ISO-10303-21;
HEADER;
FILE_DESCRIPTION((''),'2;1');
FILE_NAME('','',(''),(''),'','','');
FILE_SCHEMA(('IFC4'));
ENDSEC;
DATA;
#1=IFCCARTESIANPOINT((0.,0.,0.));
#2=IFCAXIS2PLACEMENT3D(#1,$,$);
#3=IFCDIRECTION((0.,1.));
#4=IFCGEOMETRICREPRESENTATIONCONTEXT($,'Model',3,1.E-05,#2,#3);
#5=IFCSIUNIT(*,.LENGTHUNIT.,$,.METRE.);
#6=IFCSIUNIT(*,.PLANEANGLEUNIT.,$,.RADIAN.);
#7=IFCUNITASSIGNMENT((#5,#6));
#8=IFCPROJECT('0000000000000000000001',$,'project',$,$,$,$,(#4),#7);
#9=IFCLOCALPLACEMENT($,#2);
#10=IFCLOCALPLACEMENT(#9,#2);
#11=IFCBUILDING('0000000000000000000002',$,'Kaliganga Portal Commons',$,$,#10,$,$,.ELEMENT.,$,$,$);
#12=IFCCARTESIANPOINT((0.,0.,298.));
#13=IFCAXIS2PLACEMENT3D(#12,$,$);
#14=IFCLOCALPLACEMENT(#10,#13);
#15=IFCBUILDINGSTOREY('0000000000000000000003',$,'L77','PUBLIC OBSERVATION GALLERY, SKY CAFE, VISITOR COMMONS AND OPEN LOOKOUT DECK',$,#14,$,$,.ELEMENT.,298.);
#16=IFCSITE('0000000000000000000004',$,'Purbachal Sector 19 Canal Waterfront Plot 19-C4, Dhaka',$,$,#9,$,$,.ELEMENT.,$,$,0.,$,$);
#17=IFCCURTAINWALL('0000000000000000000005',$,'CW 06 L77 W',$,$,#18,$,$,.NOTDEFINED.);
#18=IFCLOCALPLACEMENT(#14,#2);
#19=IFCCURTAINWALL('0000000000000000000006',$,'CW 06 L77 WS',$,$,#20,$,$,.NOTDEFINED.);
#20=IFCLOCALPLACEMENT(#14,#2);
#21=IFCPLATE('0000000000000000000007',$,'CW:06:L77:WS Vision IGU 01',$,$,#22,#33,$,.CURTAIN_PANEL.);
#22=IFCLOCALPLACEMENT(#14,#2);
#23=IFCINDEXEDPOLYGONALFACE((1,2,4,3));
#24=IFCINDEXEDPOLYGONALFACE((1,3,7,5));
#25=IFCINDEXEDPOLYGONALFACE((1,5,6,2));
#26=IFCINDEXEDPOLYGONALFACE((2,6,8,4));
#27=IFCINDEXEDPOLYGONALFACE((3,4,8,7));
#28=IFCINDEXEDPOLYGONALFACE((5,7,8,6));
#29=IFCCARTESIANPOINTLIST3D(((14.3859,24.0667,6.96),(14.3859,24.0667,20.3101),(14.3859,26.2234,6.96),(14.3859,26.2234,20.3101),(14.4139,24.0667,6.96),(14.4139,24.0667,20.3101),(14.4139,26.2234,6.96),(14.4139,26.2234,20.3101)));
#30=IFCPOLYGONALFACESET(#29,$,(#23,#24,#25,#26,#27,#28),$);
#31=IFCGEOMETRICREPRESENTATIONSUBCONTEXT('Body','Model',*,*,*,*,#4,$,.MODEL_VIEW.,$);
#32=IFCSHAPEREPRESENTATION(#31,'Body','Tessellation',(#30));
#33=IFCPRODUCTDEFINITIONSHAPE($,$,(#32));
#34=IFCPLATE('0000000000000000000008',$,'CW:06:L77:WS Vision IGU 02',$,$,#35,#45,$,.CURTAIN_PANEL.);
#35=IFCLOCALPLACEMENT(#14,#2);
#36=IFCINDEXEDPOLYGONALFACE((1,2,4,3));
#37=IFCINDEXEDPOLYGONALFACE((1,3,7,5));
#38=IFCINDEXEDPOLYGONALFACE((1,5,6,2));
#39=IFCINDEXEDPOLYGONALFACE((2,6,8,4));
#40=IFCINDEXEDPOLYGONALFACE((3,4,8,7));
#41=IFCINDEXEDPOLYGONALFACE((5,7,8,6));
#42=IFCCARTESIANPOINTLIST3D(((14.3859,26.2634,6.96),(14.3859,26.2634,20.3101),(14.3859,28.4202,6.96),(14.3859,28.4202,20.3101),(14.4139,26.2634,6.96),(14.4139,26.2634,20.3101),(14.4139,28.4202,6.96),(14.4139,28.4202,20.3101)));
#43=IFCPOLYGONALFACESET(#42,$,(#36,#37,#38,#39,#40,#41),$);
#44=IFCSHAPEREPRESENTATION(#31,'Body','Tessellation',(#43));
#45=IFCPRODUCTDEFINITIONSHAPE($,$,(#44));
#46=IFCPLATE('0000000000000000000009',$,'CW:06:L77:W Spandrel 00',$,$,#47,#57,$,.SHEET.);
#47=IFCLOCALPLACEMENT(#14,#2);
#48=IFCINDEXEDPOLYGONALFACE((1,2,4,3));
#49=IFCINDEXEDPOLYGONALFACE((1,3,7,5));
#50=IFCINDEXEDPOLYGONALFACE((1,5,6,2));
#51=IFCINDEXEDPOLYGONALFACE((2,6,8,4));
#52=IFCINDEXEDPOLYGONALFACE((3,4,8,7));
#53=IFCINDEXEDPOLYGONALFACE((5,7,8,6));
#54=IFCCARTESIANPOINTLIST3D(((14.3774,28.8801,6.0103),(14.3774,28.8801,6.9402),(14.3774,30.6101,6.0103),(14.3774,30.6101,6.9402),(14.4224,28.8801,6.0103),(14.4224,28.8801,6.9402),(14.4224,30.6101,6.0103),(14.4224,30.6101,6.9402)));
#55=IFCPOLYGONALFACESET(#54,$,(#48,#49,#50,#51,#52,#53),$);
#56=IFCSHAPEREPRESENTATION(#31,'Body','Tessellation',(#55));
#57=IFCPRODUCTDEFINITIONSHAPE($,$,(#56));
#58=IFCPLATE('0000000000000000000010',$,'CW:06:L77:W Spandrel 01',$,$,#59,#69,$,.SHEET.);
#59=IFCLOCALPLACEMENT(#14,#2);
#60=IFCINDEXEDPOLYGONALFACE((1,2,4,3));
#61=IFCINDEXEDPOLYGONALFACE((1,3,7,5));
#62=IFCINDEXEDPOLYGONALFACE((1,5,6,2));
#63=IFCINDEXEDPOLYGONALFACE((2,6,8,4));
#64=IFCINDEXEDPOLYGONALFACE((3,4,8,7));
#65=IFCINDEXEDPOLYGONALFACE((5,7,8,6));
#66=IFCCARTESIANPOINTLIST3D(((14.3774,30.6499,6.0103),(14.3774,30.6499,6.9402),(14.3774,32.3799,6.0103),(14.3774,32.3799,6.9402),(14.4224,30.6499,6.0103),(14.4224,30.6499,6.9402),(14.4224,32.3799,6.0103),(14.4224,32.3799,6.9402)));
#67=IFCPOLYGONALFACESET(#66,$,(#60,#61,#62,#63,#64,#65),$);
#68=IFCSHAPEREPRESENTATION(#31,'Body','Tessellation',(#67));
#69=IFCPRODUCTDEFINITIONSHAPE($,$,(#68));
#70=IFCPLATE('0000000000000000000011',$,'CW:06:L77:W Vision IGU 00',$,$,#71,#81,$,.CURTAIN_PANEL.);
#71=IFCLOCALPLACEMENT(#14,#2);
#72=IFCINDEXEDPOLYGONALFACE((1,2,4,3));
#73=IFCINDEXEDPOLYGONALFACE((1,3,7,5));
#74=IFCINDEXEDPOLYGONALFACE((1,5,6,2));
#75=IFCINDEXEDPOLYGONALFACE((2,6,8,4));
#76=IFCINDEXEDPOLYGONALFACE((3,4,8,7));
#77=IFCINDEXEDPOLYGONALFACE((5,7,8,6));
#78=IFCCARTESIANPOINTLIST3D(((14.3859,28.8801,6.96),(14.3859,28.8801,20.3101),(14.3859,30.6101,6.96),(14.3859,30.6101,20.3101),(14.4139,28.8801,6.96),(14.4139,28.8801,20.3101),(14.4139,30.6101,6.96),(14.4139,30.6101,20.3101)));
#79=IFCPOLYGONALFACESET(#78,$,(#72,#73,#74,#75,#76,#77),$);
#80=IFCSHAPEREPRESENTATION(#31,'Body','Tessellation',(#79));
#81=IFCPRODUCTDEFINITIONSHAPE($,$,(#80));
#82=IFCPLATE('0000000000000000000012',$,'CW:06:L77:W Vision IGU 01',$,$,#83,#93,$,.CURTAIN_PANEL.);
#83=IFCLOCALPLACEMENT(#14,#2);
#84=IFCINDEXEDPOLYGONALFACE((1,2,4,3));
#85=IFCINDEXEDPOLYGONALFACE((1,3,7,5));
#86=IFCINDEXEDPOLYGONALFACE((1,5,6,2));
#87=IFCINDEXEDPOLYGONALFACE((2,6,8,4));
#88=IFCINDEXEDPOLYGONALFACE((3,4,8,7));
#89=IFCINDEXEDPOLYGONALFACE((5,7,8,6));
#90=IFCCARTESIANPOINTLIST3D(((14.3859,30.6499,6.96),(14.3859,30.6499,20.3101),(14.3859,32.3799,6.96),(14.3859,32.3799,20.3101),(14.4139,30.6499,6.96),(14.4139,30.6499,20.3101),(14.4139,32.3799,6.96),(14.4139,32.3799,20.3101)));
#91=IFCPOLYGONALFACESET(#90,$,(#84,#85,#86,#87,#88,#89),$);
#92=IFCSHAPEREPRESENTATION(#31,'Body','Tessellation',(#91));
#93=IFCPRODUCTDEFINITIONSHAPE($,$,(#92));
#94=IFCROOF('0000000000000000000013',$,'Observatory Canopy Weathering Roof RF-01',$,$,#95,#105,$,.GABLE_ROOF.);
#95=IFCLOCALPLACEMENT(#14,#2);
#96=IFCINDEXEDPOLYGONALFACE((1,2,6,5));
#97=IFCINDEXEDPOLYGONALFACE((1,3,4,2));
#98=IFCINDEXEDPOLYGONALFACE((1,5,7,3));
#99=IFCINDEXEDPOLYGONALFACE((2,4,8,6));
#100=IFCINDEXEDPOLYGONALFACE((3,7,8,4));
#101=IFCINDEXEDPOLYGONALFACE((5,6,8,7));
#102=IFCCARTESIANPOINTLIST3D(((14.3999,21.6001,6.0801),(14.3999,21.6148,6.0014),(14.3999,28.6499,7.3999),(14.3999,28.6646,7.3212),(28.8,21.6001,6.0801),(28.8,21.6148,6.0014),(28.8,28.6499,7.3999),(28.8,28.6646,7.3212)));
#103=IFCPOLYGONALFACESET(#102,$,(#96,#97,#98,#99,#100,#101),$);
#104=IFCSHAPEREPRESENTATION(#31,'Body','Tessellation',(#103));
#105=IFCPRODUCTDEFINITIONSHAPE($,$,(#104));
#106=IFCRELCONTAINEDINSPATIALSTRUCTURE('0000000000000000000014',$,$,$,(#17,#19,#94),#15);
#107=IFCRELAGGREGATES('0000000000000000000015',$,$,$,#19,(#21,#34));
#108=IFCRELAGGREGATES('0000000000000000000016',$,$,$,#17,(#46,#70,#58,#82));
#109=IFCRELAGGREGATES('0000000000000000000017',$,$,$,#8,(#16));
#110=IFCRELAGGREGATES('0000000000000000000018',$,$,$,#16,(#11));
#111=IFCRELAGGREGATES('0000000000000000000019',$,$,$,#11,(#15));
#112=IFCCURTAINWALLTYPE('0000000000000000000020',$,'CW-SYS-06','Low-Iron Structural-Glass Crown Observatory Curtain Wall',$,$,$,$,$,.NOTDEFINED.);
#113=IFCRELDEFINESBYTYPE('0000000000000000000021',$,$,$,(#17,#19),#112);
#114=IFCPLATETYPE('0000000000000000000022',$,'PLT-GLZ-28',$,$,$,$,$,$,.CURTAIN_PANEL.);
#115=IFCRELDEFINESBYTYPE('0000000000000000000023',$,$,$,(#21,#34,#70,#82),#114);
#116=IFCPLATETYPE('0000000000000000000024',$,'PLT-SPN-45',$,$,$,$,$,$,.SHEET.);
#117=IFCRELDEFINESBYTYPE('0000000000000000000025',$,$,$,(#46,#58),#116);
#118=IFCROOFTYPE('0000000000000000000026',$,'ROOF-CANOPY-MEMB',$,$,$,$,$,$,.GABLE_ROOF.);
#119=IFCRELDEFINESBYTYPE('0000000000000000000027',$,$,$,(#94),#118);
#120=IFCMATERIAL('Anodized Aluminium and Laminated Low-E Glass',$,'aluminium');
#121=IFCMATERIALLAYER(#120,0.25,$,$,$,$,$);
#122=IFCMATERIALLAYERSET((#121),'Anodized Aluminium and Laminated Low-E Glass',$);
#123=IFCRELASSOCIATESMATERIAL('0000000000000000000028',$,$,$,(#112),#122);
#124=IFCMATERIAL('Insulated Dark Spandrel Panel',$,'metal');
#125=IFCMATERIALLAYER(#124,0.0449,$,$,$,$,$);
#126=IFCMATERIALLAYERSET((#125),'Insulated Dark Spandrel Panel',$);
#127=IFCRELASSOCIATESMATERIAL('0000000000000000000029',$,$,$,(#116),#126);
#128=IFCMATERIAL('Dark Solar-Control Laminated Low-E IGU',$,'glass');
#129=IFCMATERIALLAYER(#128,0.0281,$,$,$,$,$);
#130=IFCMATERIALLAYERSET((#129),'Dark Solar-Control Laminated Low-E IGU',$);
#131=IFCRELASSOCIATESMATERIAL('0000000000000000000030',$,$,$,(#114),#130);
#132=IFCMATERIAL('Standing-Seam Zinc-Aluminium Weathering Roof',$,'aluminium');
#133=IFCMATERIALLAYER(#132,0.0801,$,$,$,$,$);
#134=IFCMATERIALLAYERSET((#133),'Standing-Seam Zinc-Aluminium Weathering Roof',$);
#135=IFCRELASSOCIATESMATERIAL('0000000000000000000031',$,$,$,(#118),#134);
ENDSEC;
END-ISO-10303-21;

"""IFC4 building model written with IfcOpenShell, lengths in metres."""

from ifc_helpers import new_model, si_unit, direction, frame, origin, origin_2d, place, context, subcontext, project, spatial, polyline, rectangle, outline, extrude, source, transform, mapped, material, layer, layer_set, type_object, element, aggregate, save


model = new_model("IFC4")

# Units and contexts
model_context = context("Model", 3, precision=1e-05, world=origin(), true_north=direction((0.0, 1.0)))
body_context = subcontext(model_context, "Body", "Model", "MODEL_VIEW")
ifc_project = project(units=[si_unit("LENGTHUNIT", "METRE"), si_unit("PLANEANGLEUNIT", "RADIAN")], contexts=[model_context])

# Site, building, storey
site_placement = place(None, origin())
site = spatial("IfcSite", under=ifc_project, at=site_placement, Name="Purbachal Sector 19 Canal Waterfront Plot 19-C4, Dhaka", CompositionType="ELEMENT", RefElevation=0.0)
building_placement = place(site_placement, origin())
building = spatial("IfcBuilding", under=site, at=building_placement, Name="Kaliganga Portal Commons", CompositionType="ELEMENT")
storey_placement = place(building_placement, frame((0.0, 0.0, 298.0)))
storey = spatial("IfcBuildingStorey", under=building, at=storey_placement, Name="L77", Description="PUBLIC OBSERVATION GALLERY, SKY CAFE, VISITOR COMMONS AND OPEN LOOKOUT DECK", CompositionType="ELEMENT", Elevation=298.0)

# Curtain walls
ifc_material_1 = material(Name="Anodized Aluminium and Laminated Low-E Glass", Category="aluminium")
ifc_layer_1 = layer(ifc_material_1, 0.25)
ifc_layer_set_1 = layer_set([ifc_layer_1], Name="Anodized Aluminium and Laminated Low-E Glass")
curtain_wall_type = type_object("IfcCurtainWallType", Name="CW-SYS-06", Description="Low-Iron Structural-Glass Crown Observatory Curtain Wall", PredefinedType="NOTDEFINED", material=ifc_layer_set_1)
curtain_wall_1_placement = place(storey_placement, origin())
curtain_wall_1 = element("IfcCurtainWall", 1, at=curtain_wall_1_placement, inside=storey, type_object=curtain_wall_type, Name="CW 06 L77 W", PredefinedType="NOTDEFINED")
curtain_wall_2_placement = place(storey_placement, origin())
curtain_wall_2 = element("IfcCurtainWall", 2, at=curtain_wall_2_placement, inside=storey, type_object=curtain_wall_type, Name="CW 06 L77 WS", PredefinedType="NOTDEFINED")

# Plates
ifc_material_2 = material(Name="Insulated Dark Spandrel Panel", Category="metal")
ifc_layer_2 = layer(ifc_material_2, 0.0449)
ifc_layer_set_2 = layer_set([ifc_layer_2], Name="Insulated Dark Spandrel Panel")
plate_type_1 = type_object("IfcPlateType", Name="PLT-SPN-45", PredefinedType="SHEET", material=ifc_layer_set_2)
ifc_material_3 = material(Name="Dark Solar-Control Laminated Low-E IGU", Category="glass")
ifc_layer_3 = layer(ifc_material_3, 0.0281)
ifc_layer_set_3 = layer_set([ifc_layer_3], Name="Dark Solar-Control Laminated Low-E IGU")
plate_type_2 = type_object("IfcPlateType", Name="PLT-GLZ-28", PredefinedType="CURTAIN_PANEL", material=ifc_layer_set_3)
shared_shape_1 = source(origin(), body_context, "Body", "SweptSolid", [
    extrude(rectangle(XDim=2.1567, YDim=0.0281, at=origin_2d()), origin(), (0.0, 0.0, 1.0), 13.3501),
])
plate_1_placement = place(storey_placement, frame((14.3999, 25.145, 6.96), z_axis=(0.0, 0.0, 1.0), x_axis=(0.0, 1.0, 0.0)))
plate_1 = element("IfcPlate", 3, at=plate_1_placement, type_object=plate_type_2, Name="CW:06:L77:WS Vision IGU 01", PredefinedType="CURTAIN_PANEL", context=body_context, shape_type="MappedRepresentation", body=[
    mapped(shared_shape_1, transform((0.0, 0.0, 0.0), x_axis=(1.0, 0.0, 0.0), y_axis=(0.0, 1.0, 0.0), z_axis=(0.0, 0.0, 1.0), scale=1.0)),
])
plate_2_placement = place(storey_placement, frame((14.3999, 27.3418, 6.96), z_axis=(0.0, 0.0, 1.0), x_axis=(0.0, 1.0, 0.0)))
plate_2 = element("IfcPlate", 4, at=plate_2_placement, type_object=plate_type_2, Name="CW:06:L77:WS Vision IGU 02", PredefinedType="CURTAIN_PANEL", context=body_context, shape_type="MappedRepresentation", body=[
    mapped(shared_shape_1, transform((0.0, 0.0, 0.0), x_axis=(1.0, 0.0, 0.0), y_axis=(0.0, 1.0, 0.0), z_axis=(0.0, 0.0, 1.0), scale=1.0)),
])
aggregate(curtain_wall_2, [plate_1, plate_2])
shared_shape_2 = source(origin(), body_context, "Body", "SweptSolid", [
    extrude(rectangle(XDim=1.73, YDim=0.0449, at=origin_2d()), origin(), (0.0, 0.0, 1.0), 0.9299),
])
plate_3_placement = place(storey_placement, frame((14.3999, 29.7451, 6.0103), z_axis=(0.0, 0.0, 1.0), x_axis=(0.0, 1.0, 0.0)))
plate_3 = element("IfcPlate", 5, at=plate_3_placement, type_object=plate_type_1, Name="CW:06:L77:W Spandrel 00", PredefinedType="SHEET", context=body_context, shape_type="MappedRepresentation", body=[
    mapped(shared_shape_2, transform((0.0, 0.0, 0.0), x_axis=(1.0, 0.0, 0.0), y_axis=(0.0, 1.0, 0.0), z_axis=(0.0, 0.0, 1.0), scale=1.0)),
])
plate_4_placement = place(storey_placement, frame((14.3999, 31.5149, 6.0103), z_axis=(0.0, 0.0, 1.0), x_axis=(0.0, 1.0, 0.0)))
plate_4 = element("IfcPlate", 6, at=plate_4_placement, type_object=plate_type_1, Name="CW:06:L77:W Spandrel 01", PredefinedType="SHEET", context=body_context, shape_type="MappedRepresentation", body=[
    mapped(shared_shape_2, transform((0.0, 0.0, 0.0), x_axis=(1.0, 0.0, 0.0), y_axis=(0.0, 1.0, 0.0), z_axis=(0.0, 0.0, 1.0), scale=1.0)),
])
shared_shape_3 = source(origin(), body_context, "Body", "SweptSolid", [
    extrude(rectangle(XDim=1.73, YDim=0.0281, at=origin_2d()), origin(), (0.0, 0.0, 1.0), 13.3501),
])
plate_5_placement = place(storey_placement, frame((14.3999, 29.7451, 6.96), z_axis=(0.0, 0.0, 1.0), x_axis=(0.0, 1.0, 0.0)))
plate_5 = element("IfcPlate", 7, at=plate_5_placement, type_object=plate_type_2, Name="CW:06:L77:W Vision IGU 00", PredefinedType="CURTAIN_PANEL", context=body_context, shape_type="MappedRepresentation", body=[
    mapped(shared_shape_3, transform((0.0, 0.0, 0.0), x_axis=(1.0, 0.0, 0.0), y_axis=(0.0, 1.0, 0.0), z_axis=(0.0, 0.0, 1.0), scale=1.0)),
])
plate_6_placement = place(storey_placement, frame((14.3999, 31.5149, 6.96), z_axis=(0.0, 0.0, 1.0), x_axis=(0.0, 1.0, 0.0)))
plate_6 = element("IfcPlate", 8, at=plate_6_placement, type_object=plate_type_2, Name="CW:06:L77:W Vision IGU 01", PredefinedType="CURTAIN_PANEL", context=body_context, shape_type="MappedRepresentation", body=[
    mapped(shared_shape_3, transform((0.0, 0.0, 0.0), x_axis=(1.0, 0.0, 0.0), y_axis=(0.0, 1.0, 0.0), z_axis=(0.0, 0.0, 1.0), scale=1.0)),
])
aggregate(curtain_wall_1, [plate_3, plate_5, plate_4, plate_6])

# Roof
ifc_material_4 = material(Name="Standing-Seam Zinc-Aluminium Weathering Roof", Category="aluminium")
ifc_layer_4 = layer(ifc_material_4, 0.0801)
ifc_layer_set_4 = layer_set([ifc_layer_4], Name="Standing-Seam Zinc-Aluminium Weathering Roof")
roof_type = type_object("IfcRoofType", Name="ROOF-CANOPY-MEMB", PredefinedType="GABLE_ROOF", material=ifc_layer_set_4)
roof_placement = place(storey_placement, frame((14.3999, 21.6001, 6.0801), z_axis=(0.0, -0.184017, 0.982923), x_axis=(1.0, 0.0, 0.0)))
element("IfcRoof", 9, at=roof_placement, inside=storey, type_object=roof_type, Name="Observatory Canopy Weathering Roof RF-01", PredefinedType="GABLE_ROOF", context=body_context, shape_type="SweptSolid", body=[
    extrude(outline(polyline([(0.0, 0.0), (14.4001, 0.0), (14.4001, 7.1723), (0.0, 7.1723), (0.0, 0.0)])), origin(), (0.0, 0.0, -1.0), 0.0801),
])

save(model, "model.ifc")
